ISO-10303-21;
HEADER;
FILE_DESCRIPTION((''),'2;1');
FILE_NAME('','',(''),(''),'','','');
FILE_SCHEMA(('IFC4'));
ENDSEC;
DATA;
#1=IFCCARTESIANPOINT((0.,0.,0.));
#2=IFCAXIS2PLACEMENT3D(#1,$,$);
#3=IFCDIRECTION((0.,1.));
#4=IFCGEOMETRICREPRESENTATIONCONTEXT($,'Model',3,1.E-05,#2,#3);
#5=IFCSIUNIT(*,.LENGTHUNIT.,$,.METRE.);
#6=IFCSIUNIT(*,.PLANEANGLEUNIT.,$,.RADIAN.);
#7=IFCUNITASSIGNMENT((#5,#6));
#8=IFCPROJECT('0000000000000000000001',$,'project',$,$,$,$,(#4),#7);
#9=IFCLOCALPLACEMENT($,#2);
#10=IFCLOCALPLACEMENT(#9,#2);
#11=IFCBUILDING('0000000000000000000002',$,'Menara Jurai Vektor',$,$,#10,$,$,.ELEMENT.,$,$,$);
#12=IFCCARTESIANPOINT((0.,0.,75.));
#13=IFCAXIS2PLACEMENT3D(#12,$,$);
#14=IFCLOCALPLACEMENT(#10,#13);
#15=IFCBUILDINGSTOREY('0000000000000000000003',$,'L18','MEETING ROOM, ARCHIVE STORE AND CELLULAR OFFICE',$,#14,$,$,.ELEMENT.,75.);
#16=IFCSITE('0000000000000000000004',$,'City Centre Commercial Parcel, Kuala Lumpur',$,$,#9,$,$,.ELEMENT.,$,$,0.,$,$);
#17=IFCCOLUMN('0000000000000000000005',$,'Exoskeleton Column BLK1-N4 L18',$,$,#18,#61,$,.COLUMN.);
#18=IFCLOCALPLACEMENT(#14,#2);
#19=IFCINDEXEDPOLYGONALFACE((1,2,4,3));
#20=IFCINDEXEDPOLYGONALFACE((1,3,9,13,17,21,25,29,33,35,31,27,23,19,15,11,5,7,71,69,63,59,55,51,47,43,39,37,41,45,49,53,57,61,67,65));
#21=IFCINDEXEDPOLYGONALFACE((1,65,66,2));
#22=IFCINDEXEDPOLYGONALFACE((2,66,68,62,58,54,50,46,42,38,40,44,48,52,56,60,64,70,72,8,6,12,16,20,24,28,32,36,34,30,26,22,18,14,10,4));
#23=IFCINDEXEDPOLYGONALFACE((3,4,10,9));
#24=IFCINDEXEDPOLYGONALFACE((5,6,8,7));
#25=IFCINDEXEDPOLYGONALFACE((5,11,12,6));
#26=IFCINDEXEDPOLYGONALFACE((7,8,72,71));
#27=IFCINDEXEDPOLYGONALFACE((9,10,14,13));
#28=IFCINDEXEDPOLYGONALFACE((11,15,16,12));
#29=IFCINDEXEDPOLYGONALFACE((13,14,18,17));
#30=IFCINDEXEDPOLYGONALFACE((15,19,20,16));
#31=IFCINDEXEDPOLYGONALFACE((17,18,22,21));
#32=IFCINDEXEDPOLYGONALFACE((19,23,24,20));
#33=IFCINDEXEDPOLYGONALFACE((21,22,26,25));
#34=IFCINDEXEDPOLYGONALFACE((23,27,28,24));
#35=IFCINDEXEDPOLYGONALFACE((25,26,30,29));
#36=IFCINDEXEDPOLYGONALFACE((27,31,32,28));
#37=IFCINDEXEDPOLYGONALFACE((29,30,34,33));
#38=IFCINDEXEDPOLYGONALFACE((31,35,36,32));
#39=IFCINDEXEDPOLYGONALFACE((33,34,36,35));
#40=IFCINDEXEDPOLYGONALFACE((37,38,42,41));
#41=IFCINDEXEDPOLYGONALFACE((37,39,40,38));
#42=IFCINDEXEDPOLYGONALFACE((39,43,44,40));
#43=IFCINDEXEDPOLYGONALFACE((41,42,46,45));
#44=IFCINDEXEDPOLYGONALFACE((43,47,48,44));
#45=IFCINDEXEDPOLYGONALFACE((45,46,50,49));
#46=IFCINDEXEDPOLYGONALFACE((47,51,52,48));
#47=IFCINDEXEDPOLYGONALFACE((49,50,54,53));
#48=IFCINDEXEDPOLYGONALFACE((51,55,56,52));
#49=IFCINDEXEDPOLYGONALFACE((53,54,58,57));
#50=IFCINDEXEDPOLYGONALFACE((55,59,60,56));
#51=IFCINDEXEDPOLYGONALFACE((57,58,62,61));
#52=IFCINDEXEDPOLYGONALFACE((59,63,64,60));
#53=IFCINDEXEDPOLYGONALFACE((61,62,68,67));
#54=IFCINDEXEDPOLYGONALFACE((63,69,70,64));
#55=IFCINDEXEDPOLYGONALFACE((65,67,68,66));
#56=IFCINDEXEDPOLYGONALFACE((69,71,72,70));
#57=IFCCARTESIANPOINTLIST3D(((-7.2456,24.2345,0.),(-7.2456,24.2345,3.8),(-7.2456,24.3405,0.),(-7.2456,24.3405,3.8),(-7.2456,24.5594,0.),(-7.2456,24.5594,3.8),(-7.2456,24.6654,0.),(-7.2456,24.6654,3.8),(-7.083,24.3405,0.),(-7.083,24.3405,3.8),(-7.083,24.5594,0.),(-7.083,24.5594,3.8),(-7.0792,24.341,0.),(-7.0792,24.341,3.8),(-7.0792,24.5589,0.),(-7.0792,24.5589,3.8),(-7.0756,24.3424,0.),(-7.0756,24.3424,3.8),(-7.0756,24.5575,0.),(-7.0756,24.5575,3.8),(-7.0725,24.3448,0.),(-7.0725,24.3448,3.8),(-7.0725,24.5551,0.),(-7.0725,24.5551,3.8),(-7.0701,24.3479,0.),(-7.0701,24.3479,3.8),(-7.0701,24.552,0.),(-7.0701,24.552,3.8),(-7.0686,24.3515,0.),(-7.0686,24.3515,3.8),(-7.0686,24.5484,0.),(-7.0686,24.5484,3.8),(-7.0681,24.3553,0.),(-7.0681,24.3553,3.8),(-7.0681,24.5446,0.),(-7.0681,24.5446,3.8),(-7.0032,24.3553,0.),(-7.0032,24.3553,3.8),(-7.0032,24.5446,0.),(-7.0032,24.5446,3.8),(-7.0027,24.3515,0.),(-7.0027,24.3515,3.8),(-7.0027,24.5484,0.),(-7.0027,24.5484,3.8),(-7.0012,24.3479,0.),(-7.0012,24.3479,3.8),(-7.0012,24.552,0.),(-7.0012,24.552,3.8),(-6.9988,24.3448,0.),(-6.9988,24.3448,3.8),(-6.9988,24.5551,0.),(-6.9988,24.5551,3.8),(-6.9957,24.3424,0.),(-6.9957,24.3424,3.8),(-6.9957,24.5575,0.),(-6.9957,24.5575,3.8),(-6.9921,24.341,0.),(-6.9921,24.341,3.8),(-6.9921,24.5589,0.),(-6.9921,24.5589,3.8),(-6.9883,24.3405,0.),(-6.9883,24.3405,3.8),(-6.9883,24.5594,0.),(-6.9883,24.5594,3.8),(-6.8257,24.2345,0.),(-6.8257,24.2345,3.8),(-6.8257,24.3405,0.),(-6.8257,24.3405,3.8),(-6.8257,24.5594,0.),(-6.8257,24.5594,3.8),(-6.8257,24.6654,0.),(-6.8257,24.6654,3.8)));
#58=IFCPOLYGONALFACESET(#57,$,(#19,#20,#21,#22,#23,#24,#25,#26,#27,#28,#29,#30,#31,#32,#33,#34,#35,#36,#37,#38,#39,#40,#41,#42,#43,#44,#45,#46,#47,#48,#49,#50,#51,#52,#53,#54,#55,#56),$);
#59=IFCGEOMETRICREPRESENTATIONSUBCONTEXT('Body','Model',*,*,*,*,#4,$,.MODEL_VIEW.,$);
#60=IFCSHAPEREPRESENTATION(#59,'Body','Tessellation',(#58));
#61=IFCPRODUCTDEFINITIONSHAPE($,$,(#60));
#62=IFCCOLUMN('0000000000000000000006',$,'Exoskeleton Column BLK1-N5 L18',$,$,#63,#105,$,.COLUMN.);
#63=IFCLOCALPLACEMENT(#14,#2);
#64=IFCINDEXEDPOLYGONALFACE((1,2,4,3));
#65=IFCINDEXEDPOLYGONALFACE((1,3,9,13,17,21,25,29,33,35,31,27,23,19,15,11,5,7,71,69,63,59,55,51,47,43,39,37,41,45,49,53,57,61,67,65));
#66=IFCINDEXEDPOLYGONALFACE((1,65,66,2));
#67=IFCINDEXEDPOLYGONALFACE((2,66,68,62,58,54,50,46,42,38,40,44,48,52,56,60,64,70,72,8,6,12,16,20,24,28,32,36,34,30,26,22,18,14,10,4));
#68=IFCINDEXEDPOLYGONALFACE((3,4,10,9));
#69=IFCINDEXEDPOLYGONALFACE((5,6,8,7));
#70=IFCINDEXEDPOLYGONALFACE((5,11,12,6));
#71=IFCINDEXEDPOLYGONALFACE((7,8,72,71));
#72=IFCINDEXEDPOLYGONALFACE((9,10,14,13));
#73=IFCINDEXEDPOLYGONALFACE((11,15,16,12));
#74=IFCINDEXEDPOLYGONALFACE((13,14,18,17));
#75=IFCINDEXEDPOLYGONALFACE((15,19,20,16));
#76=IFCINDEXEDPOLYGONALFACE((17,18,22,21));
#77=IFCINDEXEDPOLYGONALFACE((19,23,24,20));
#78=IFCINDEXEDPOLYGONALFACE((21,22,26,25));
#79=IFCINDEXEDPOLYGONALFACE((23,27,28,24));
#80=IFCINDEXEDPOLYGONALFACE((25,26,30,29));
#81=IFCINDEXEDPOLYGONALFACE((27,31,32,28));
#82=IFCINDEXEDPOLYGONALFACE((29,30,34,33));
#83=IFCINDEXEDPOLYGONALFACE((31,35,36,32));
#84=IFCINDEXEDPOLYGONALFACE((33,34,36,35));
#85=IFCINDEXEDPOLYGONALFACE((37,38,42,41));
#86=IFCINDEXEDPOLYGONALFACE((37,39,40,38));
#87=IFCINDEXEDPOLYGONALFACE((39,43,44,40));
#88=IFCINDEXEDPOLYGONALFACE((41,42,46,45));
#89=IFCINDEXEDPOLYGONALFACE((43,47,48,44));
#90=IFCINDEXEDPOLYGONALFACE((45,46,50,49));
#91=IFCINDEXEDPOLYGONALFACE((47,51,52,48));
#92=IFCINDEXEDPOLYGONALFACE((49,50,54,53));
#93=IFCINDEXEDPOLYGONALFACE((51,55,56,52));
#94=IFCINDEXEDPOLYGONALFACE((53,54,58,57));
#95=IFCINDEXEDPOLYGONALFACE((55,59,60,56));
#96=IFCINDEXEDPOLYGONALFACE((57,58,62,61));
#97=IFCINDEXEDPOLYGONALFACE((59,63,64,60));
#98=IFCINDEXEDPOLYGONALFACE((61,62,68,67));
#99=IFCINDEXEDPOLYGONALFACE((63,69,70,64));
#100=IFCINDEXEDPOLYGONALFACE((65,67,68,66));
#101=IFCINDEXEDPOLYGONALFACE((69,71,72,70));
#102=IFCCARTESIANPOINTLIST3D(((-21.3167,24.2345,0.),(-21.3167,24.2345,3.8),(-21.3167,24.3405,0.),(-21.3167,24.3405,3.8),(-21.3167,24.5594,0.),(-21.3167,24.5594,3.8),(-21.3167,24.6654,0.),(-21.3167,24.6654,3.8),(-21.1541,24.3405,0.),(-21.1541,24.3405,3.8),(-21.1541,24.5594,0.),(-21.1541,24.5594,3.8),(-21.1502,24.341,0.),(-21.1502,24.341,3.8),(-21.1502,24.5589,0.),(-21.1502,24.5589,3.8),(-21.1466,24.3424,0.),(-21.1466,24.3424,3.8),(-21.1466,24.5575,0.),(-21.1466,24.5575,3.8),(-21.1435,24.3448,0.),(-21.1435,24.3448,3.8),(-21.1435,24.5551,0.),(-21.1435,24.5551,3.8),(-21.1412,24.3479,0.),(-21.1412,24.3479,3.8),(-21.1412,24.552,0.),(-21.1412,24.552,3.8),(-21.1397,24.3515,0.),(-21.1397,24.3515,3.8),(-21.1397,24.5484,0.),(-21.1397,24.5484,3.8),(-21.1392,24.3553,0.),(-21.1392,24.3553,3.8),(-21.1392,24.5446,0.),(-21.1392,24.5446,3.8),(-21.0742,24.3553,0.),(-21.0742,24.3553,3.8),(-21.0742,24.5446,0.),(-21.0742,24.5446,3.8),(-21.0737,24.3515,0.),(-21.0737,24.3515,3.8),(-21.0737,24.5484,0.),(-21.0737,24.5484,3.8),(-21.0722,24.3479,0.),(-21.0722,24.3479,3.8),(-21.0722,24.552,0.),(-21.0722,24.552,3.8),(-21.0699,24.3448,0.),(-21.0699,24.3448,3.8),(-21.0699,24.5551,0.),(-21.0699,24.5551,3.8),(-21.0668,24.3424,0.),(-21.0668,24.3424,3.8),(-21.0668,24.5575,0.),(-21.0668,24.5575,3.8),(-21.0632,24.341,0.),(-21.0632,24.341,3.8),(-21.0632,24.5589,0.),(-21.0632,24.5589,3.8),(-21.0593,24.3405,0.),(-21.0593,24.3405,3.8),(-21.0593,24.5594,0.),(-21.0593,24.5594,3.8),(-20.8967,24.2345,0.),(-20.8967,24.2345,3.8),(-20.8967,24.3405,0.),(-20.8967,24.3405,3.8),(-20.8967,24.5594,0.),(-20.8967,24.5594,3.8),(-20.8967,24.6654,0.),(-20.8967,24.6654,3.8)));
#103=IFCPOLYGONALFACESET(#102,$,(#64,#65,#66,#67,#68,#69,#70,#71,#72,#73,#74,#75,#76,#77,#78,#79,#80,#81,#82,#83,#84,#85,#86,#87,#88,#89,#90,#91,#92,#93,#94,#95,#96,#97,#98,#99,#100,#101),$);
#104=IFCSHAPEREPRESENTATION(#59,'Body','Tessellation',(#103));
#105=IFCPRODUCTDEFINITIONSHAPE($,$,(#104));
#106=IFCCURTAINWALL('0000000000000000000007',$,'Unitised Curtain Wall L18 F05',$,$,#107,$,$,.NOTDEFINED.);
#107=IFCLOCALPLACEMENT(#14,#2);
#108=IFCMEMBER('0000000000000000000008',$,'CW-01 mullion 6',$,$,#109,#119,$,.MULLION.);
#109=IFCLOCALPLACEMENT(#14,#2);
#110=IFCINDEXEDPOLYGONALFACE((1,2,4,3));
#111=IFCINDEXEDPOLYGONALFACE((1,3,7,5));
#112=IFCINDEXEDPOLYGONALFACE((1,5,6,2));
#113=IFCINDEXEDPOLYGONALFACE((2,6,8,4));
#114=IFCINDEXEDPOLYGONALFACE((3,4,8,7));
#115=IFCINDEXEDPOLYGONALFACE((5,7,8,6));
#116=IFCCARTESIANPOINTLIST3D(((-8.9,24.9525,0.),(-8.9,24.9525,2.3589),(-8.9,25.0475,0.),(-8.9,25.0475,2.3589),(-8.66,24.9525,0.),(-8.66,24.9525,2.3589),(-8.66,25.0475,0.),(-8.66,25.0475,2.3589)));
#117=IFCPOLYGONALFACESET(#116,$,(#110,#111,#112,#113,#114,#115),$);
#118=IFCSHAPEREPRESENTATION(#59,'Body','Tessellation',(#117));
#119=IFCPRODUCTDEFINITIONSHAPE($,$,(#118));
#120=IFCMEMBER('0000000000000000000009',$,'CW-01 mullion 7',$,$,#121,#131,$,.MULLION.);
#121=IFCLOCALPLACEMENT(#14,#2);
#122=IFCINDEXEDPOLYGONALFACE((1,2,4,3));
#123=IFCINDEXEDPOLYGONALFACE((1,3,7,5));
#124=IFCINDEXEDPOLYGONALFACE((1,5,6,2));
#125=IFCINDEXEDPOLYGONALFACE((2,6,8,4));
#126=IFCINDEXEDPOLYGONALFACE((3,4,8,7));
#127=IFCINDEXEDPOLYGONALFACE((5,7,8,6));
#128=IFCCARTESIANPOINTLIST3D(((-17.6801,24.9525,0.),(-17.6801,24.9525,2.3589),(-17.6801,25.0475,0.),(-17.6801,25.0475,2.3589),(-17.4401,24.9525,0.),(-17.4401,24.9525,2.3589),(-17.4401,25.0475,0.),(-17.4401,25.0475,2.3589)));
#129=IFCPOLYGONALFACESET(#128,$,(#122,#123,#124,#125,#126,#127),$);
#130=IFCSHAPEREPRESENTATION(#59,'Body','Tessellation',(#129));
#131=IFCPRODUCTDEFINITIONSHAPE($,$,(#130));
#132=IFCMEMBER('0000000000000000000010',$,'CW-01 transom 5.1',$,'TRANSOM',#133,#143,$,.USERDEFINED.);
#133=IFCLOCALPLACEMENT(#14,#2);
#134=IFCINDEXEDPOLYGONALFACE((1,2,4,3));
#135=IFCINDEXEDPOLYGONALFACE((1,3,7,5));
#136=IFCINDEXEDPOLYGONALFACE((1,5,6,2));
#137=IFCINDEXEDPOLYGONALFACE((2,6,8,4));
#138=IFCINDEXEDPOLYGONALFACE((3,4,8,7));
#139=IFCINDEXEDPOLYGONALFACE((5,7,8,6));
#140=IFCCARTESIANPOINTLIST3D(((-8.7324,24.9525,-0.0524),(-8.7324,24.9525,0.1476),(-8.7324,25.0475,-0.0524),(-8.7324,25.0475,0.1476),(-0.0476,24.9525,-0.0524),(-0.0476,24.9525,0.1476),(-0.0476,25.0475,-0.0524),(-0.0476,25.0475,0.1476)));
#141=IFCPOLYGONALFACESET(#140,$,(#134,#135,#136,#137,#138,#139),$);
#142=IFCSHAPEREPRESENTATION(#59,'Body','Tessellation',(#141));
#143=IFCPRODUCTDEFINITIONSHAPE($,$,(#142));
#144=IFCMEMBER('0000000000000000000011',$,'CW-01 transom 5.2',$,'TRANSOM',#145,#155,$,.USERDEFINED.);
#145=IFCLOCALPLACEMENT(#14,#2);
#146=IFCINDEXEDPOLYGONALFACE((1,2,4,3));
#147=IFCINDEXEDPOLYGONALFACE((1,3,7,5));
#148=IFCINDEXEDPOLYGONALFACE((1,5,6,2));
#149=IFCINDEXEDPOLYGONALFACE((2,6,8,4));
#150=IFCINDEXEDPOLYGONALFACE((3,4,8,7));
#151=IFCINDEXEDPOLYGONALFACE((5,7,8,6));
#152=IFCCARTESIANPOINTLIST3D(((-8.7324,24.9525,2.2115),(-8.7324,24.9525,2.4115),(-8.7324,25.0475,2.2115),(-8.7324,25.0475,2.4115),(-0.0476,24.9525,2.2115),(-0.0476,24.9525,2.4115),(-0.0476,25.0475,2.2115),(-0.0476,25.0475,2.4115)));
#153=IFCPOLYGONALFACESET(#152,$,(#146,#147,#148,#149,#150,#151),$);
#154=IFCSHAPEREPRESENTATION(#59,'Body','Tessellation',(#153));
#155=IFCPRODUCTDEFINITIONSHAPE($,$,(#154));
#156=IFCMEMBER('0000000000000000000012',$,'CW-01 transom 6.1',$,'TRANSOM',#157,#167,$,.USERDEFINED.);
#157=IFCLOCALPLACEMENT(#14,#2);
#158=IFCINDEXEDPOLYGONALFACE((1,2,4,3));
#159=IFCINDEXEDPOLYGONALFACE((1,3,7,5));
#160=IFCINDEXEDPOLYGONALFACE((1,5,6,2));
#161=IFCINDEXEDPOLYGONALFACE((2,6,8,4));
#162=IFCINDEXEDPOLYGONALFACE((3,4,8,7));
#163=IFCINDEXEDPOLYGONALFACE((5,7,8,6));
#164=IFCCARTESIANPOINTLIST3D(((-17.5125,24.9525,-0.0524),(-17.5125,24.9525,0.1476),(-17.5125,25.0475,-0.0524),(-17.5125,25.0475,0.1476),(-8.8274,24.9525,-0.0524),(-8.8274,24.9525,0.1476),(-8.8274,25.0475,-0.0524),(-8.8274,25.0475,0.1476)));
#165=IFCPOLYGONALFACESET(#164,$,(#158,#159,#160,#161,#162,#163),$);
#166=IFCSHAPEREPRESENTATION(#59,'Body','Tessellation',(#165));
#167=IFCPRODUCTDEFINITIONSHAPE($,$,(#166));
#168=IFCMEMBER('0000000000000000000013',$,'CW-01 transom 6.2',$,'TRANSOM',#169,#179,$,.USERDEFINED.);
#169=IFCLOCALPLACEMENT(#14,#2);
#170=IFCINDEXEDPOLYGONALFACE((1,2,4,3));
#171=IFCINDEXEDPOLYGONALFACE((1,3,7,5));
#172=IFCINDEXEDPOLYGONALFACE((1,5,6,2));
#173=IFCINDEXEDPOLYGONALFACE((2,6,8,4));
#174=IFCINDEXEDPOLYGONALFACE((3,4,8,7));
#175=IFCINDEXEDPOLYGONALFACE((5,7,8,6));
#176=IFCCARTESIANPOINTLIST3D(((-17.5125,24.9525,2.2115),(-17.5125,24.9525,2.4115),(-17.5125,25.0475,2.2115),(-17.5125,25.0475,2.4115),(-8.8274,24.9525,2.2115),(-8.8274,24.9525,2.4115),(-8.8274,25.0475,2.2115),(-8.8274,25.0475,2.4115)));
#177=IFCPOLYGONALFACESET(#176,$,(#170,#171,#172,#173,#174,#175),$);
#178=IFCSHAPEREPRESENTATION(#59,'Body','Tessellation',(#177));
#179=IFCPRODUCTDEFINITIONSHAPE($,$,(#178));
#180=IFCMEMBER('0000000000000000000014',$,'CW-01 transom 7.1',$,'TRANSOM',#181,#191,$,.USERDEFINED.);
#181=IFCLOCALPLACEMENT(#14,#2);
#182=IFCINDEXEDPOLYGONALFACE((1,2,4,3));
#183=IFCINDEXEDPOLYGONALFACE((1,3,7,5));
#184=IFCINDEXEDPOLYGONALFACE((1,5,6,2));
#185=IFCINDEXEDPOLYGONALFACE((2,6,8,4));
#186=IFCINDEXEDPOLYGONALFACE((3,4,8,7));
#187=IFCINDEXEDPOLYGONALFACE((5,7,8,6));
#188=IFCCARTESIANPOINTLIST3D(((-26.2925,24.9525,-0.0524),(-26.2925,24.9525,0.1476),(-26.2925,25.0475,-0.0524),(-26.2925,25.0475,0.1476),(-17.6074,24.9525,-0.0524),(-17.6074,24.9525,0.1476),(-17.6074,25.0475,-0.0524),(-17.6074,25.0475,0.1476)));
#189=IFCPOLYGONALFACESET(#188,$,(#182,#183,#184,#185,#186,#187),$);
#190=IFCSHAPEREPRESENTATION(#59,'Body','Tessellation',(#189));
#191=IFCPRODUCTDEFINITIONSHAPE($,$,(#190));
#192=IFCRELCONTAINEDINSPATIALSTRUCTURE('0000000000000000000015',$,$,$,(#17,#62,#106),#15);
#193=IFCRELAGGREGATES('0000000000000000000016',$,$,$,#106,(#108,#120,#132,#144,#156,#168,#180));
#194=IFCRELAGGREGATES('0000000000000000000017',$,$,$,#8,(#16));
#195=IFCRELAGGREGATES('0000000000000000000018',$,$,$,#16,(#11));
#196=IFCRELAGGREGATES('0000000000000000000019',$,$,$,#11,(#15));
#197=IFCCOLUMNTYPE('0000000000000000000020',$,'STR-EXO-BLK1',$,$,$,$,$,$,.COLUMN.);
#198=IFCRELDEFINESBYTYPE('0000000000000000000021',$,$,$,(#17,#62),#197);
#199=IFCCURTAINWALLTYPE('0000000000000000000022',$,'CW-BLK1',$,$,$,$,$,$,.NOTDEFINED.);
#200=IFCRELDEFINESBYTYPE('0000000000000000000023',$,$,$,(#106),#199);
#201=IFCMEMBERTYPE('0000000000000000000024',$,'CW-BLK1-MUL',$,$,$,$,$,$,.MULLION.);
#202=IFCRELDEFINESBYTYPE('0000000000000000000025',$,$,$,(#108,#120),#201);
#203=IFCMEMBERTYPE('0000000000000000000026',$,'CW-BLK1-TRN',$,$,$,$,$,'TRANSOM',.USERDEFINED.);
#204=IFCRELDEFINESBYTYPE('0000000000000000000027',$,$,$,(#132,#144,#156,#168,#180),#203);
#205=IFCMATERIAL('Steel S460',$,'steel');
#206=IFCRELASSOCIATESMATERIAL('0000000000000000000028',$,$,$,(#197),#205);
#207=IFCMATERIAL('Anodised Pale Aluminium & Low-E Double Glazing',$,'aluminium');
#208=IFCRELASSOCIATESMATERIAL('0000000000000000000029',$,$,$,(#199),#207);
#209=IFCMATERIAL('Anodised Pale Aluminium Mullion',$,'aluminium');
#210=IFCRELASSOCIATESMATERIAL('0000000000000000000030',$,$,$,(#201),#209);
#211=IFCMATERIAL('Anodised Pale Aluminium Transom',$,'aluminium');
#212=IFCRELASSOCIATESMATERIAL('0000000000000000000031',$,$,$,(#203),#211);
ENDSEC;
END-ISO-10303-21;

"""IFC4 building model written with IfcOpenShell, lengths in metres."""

from ifc_helpers import new_model, si_unit, direction, frame, origin, origin_2d, place, context, subcontext, project, spatial, rectangle, i_section, extrude, material, material_profile, profile_set, type_object, element, aggregate, save


model = new_model("IFC4")

# Units and contexts
model_context = context("Model", 3, precision=1e-05, world=origin(), true_north=direction((0.0, 1.0)))
body_context = subcontext(model_context, "Body", "Model", "MODEL_VIEW")
ifc_project = project(units=[si_unit("LENGTHUNIT", "METRE"), si_unit("PLANEANGLEUNIT", "RADIAN")], contexts=[model_context])

# Site, building, storey
site_placement = place(None, origin())
site = spatial("IfcSite", under=ifc_project, at=site_placement, Name="City Centre Commercial Parcel, Kuala Lumpur", CompositionType="ELEMENT", RefElevation=0.0)
building_placement = place(site_placement, origin())
building = spatial("IfcBuilding", under=site, at=building_placement, Name="Menara Jurai Vektor", CompositionType="ELEMENT")
storey_placement = place(building_placement, frame((0.0, 0.0, 75.0)))
storey = spatial("IfcBuildingStorey", under=building, at=storey_placement, Name="L18", Description="MEETING ROOM, ARCHIVE STORE AND CELLULAR OFFICE", CompositionType="ELEMENT", Elevation=75.0)

# Columns
ifc_material_1 = material(Name="Steel S460", Category="steel")
ifc_material_profile_1 = material_profile(ifc_material_1, i_section(OverallWidth=0.4199, OverallDepth=0.4309, WebThickness=0.0649, FlangeThickness=0.106, FilletRadius=0.0149, at=origin_2d()), Name="HD 400x900")
ifc_profile_set_1 = profile_set([ifc_material_profile_1], Name="Steel S460")
column_type = type_object("IfcColumnType", Name="STR-EXO-BLK1", PredefinedType="COLUMN", material=ifc_profile_set_1)
for number, where, z_axis, x_axis, name in (
    (1, (-7.0356, 24.45, 0.0), (0.0, 0.0, 1.0), (1.0, 0.0, 0.0), "Exoskeleton Column BLK1-N4 L18"),
    (2, (-21.1067, 24.45, 0.0), (0.0, 0.0, 1.0), (1.0, 0.0, 0.0), "Exoskeleton Column BLK1-N5 L18"),
):
    element("IfcColumn", number, at=place(storey_placement, frame(where, z_axis=z_axis, x_axis=x_axis)), inside=storey, type_object=column_type, Name=name, PredefinedType="COLUMN", context=body_context, shape_type="SweptSolid", body=[
        extrude(i_section(OverallWidth=0.4199, OverallDepth=0.4309, WebThickness=0.0649, FlangeThickness=0.106, FilletRadius=0.0149, at=origin_2d()), origin(), (0.0, 0.0, 1.0), 3.8),
    ])

# Curtain wall, members
ifc_material_2 = material(Name="Anodised Pale Aluminium & Low-E Double Glazing", Category="aluminium")
curtain_wall_type = type_object("IfcCurtainWallType", Name="CW-BLK1", PredefinedType="NOTDEFINED", material=ifc_material_2)
curtain_wall_placement = place(storey_placement, origin())
curtain_wall = element("IfcCurtainWall", 3, at=curtain_wall_placement, inside=storey, type_object=curtain_wall_type, Name="Unitised Curtain Wall L18 F05", PredefinedType="NOTDEFINED")
ifc_material_3 = material(Name="Anodised Pale Aluminium Mullion", Category="aluminium")
ifc_material_profile_2 = material_profile(ifc_material_3, rectangle(XDim=0.095, YDim=0.24, at=origin_2d()), Name="ALU MUL 95x240")
ifc_profile_set_2 = profile_set([ifc_material_profile_2], Name="Anodised Pale Aluminium Mullion")
member_type_1 = type_object("IfcMemberType", Name="CW-BLK1-MUL", PredefinedType="MULLION", material=ifc_profile_set_2)
member_1_placement = place(storey_placement, frame((-8.78, 25.0, 0.0), z_axis=(0.0, 0.0, 1.0), x_axis=(0.0, -1.0, 0.0)))
member_1 = element("IfcMember", 4, at=member_1_placement, type_object=member_type_1, Name="CW-01 mullion 6", PredefinedType="MULLION", context=body_context, shape_type="SweptSolid", body=[
    extrude(rectangle(XDim=0.095, YDim=0.24, at=origin_2d()), origin(), (0.0, 0.0, 1.0), 2.3589),
])
member_2_placement = place(storey_placement, frame((-17.5601, 25.0, 0.0), z_axis=(0.0, 0.0, 1.0), x_axis=(0.0, -1.0, 0.0)))
member_2 = element("IfcMember", 5, at=member_2_placement, type_object=member_type_1, Name="CW-01 mullion 7", PredefinedType="MULLION", context=body_context, shape_type="SweptSolid", body=[
    extrude(rectangle(XDim=0.095, YDim=0.24, at=origin_2d()), origin(), (0.0, 0.0, 1.0), 2.3589),
])
ifc_material_4 = material(Name="Anodised Pale Aluminium Transom", Category="aluminium")
ifc_material_profile_3 = material_profile(ifc_material_4, rectangle(XDim=0.095, YDim=0.2, at=origin_2d()), Name="ALU TRN 95x200")
ifc_profile_set_3 = profile_set([ifc_material_profile_3], Name="Anodised Pale Aluminium Transom")
member_type_2 = type_object("IfcMemberType", Name="CW-BLK1-TRN", ElementType="TRANSOM", PredefinedType="USERDEFINED", material=ifc_profile_set_3)
member_3_placement = place(storey_placement, frame((-0.0476, 25.0, 0.0476), z_axis=(-1.0, 0.0, 0.0), x_axis=(0.0, -1.0, 0.0)))
member_3 = element("IfcMember", 6, at=member_3_placement, type_object=member_type_2, Name="CW-01 transom 5.1", ObjectType="TRANSOM", PredefinedType="USERDEFINED", context=body_context, shape_type="SweptSolid", body=[
    extrude(rectangle(XDim=0.095, YDim=0.2, at=origin_2d()), origin(), (0.0, 0.0, 1.0), 8.6848),
])
member_4_placement = place(storey_placement, frame((-0.0476, 25.0, 2.3115), z_axis=(-1.0, 0.0, 0.0), x_axis=(0.0, -1.0, 0.0)))
member_4 = element("IfcMember", 7, at=member_4_placement, type_object=member_type_2, Name="CW-01 transom 5.2", ObjectType="TRANSOM", PredefinedType="USERDEFINED", context=body_context, shape_type="SweptSolid", body=[
    extrude(rectangle(XDim=0.095, YDim=0.2, at=origin_2d()), origin(), (0.0, 0.0, 1.0), 8.6848),
])
member_5_placement = place(storey_placement, frame((-8.8274, 25.0, 0.0476), z_axis=(-1.0, 0.0, 0.0), x_axis=(0.0, -1.0, 0.0)))
member_5 = element("IfcMember", 8, at=member_5_placement, type_object=member_type_2, Name="CW-01 transom 6.1", ObjectType="TRANSOM", PredefinedType="USERDEFINED", context=body_context, shape_type="SweptSolid", body=[
    extrude(rectangle(XDim=0.095, YDim=0.2, at=origin_2d()), origin(), (0.0, 0.0, 1.0), 8.6851),
])
member_6_placement = place(storey_placement, frame((-8.8274, 25.0, 2.3115), z_axis=(-1.0, 0.0, 0.0), x_axis=(0.0, -1.0, 0.0)))
member_6 = element("IfcMember", 9, at=member_6_placement, type_object=member_type_2, Name="CW-01 transom 6.2", ObjectType="TRANSOM", PredefinedType="USERDEFINED", context=body_context, shape_type="SweptSolid", body=[
    extrude(rectangle(XDim=0.095, YDim=0.2, at=origin_2d()), origin(), (0.0, 0.0, 1.0), 8.6851),
])
member_7_placement = place(storey_placement, frame((-17.6074, 25.0, 0.0476), z_axis=(-1.0, 0.0, 0.0), x_axis=(0.0, -1.0, 0.0)))
member_7 = element("IfcMember", 10, at=member_7_placement, type_object=member_type_2, Name="CW-01 transom 7.1", ObjectType="TRANSOM", PredefinedType="USERDEFINED", context=body_context, shape_type="SweptSolid", body=[
    extrude(rectangle(XDim=0.095, YDim=0.2, at=origin_2d()), origin(), (0.0, 0.0, 1.0), 8.6851),
])

aggregate(curtain_wall, [member_1, member_2, member_3, member_4, member_5, member_6, member_7])

save(model, "model.ifc")
